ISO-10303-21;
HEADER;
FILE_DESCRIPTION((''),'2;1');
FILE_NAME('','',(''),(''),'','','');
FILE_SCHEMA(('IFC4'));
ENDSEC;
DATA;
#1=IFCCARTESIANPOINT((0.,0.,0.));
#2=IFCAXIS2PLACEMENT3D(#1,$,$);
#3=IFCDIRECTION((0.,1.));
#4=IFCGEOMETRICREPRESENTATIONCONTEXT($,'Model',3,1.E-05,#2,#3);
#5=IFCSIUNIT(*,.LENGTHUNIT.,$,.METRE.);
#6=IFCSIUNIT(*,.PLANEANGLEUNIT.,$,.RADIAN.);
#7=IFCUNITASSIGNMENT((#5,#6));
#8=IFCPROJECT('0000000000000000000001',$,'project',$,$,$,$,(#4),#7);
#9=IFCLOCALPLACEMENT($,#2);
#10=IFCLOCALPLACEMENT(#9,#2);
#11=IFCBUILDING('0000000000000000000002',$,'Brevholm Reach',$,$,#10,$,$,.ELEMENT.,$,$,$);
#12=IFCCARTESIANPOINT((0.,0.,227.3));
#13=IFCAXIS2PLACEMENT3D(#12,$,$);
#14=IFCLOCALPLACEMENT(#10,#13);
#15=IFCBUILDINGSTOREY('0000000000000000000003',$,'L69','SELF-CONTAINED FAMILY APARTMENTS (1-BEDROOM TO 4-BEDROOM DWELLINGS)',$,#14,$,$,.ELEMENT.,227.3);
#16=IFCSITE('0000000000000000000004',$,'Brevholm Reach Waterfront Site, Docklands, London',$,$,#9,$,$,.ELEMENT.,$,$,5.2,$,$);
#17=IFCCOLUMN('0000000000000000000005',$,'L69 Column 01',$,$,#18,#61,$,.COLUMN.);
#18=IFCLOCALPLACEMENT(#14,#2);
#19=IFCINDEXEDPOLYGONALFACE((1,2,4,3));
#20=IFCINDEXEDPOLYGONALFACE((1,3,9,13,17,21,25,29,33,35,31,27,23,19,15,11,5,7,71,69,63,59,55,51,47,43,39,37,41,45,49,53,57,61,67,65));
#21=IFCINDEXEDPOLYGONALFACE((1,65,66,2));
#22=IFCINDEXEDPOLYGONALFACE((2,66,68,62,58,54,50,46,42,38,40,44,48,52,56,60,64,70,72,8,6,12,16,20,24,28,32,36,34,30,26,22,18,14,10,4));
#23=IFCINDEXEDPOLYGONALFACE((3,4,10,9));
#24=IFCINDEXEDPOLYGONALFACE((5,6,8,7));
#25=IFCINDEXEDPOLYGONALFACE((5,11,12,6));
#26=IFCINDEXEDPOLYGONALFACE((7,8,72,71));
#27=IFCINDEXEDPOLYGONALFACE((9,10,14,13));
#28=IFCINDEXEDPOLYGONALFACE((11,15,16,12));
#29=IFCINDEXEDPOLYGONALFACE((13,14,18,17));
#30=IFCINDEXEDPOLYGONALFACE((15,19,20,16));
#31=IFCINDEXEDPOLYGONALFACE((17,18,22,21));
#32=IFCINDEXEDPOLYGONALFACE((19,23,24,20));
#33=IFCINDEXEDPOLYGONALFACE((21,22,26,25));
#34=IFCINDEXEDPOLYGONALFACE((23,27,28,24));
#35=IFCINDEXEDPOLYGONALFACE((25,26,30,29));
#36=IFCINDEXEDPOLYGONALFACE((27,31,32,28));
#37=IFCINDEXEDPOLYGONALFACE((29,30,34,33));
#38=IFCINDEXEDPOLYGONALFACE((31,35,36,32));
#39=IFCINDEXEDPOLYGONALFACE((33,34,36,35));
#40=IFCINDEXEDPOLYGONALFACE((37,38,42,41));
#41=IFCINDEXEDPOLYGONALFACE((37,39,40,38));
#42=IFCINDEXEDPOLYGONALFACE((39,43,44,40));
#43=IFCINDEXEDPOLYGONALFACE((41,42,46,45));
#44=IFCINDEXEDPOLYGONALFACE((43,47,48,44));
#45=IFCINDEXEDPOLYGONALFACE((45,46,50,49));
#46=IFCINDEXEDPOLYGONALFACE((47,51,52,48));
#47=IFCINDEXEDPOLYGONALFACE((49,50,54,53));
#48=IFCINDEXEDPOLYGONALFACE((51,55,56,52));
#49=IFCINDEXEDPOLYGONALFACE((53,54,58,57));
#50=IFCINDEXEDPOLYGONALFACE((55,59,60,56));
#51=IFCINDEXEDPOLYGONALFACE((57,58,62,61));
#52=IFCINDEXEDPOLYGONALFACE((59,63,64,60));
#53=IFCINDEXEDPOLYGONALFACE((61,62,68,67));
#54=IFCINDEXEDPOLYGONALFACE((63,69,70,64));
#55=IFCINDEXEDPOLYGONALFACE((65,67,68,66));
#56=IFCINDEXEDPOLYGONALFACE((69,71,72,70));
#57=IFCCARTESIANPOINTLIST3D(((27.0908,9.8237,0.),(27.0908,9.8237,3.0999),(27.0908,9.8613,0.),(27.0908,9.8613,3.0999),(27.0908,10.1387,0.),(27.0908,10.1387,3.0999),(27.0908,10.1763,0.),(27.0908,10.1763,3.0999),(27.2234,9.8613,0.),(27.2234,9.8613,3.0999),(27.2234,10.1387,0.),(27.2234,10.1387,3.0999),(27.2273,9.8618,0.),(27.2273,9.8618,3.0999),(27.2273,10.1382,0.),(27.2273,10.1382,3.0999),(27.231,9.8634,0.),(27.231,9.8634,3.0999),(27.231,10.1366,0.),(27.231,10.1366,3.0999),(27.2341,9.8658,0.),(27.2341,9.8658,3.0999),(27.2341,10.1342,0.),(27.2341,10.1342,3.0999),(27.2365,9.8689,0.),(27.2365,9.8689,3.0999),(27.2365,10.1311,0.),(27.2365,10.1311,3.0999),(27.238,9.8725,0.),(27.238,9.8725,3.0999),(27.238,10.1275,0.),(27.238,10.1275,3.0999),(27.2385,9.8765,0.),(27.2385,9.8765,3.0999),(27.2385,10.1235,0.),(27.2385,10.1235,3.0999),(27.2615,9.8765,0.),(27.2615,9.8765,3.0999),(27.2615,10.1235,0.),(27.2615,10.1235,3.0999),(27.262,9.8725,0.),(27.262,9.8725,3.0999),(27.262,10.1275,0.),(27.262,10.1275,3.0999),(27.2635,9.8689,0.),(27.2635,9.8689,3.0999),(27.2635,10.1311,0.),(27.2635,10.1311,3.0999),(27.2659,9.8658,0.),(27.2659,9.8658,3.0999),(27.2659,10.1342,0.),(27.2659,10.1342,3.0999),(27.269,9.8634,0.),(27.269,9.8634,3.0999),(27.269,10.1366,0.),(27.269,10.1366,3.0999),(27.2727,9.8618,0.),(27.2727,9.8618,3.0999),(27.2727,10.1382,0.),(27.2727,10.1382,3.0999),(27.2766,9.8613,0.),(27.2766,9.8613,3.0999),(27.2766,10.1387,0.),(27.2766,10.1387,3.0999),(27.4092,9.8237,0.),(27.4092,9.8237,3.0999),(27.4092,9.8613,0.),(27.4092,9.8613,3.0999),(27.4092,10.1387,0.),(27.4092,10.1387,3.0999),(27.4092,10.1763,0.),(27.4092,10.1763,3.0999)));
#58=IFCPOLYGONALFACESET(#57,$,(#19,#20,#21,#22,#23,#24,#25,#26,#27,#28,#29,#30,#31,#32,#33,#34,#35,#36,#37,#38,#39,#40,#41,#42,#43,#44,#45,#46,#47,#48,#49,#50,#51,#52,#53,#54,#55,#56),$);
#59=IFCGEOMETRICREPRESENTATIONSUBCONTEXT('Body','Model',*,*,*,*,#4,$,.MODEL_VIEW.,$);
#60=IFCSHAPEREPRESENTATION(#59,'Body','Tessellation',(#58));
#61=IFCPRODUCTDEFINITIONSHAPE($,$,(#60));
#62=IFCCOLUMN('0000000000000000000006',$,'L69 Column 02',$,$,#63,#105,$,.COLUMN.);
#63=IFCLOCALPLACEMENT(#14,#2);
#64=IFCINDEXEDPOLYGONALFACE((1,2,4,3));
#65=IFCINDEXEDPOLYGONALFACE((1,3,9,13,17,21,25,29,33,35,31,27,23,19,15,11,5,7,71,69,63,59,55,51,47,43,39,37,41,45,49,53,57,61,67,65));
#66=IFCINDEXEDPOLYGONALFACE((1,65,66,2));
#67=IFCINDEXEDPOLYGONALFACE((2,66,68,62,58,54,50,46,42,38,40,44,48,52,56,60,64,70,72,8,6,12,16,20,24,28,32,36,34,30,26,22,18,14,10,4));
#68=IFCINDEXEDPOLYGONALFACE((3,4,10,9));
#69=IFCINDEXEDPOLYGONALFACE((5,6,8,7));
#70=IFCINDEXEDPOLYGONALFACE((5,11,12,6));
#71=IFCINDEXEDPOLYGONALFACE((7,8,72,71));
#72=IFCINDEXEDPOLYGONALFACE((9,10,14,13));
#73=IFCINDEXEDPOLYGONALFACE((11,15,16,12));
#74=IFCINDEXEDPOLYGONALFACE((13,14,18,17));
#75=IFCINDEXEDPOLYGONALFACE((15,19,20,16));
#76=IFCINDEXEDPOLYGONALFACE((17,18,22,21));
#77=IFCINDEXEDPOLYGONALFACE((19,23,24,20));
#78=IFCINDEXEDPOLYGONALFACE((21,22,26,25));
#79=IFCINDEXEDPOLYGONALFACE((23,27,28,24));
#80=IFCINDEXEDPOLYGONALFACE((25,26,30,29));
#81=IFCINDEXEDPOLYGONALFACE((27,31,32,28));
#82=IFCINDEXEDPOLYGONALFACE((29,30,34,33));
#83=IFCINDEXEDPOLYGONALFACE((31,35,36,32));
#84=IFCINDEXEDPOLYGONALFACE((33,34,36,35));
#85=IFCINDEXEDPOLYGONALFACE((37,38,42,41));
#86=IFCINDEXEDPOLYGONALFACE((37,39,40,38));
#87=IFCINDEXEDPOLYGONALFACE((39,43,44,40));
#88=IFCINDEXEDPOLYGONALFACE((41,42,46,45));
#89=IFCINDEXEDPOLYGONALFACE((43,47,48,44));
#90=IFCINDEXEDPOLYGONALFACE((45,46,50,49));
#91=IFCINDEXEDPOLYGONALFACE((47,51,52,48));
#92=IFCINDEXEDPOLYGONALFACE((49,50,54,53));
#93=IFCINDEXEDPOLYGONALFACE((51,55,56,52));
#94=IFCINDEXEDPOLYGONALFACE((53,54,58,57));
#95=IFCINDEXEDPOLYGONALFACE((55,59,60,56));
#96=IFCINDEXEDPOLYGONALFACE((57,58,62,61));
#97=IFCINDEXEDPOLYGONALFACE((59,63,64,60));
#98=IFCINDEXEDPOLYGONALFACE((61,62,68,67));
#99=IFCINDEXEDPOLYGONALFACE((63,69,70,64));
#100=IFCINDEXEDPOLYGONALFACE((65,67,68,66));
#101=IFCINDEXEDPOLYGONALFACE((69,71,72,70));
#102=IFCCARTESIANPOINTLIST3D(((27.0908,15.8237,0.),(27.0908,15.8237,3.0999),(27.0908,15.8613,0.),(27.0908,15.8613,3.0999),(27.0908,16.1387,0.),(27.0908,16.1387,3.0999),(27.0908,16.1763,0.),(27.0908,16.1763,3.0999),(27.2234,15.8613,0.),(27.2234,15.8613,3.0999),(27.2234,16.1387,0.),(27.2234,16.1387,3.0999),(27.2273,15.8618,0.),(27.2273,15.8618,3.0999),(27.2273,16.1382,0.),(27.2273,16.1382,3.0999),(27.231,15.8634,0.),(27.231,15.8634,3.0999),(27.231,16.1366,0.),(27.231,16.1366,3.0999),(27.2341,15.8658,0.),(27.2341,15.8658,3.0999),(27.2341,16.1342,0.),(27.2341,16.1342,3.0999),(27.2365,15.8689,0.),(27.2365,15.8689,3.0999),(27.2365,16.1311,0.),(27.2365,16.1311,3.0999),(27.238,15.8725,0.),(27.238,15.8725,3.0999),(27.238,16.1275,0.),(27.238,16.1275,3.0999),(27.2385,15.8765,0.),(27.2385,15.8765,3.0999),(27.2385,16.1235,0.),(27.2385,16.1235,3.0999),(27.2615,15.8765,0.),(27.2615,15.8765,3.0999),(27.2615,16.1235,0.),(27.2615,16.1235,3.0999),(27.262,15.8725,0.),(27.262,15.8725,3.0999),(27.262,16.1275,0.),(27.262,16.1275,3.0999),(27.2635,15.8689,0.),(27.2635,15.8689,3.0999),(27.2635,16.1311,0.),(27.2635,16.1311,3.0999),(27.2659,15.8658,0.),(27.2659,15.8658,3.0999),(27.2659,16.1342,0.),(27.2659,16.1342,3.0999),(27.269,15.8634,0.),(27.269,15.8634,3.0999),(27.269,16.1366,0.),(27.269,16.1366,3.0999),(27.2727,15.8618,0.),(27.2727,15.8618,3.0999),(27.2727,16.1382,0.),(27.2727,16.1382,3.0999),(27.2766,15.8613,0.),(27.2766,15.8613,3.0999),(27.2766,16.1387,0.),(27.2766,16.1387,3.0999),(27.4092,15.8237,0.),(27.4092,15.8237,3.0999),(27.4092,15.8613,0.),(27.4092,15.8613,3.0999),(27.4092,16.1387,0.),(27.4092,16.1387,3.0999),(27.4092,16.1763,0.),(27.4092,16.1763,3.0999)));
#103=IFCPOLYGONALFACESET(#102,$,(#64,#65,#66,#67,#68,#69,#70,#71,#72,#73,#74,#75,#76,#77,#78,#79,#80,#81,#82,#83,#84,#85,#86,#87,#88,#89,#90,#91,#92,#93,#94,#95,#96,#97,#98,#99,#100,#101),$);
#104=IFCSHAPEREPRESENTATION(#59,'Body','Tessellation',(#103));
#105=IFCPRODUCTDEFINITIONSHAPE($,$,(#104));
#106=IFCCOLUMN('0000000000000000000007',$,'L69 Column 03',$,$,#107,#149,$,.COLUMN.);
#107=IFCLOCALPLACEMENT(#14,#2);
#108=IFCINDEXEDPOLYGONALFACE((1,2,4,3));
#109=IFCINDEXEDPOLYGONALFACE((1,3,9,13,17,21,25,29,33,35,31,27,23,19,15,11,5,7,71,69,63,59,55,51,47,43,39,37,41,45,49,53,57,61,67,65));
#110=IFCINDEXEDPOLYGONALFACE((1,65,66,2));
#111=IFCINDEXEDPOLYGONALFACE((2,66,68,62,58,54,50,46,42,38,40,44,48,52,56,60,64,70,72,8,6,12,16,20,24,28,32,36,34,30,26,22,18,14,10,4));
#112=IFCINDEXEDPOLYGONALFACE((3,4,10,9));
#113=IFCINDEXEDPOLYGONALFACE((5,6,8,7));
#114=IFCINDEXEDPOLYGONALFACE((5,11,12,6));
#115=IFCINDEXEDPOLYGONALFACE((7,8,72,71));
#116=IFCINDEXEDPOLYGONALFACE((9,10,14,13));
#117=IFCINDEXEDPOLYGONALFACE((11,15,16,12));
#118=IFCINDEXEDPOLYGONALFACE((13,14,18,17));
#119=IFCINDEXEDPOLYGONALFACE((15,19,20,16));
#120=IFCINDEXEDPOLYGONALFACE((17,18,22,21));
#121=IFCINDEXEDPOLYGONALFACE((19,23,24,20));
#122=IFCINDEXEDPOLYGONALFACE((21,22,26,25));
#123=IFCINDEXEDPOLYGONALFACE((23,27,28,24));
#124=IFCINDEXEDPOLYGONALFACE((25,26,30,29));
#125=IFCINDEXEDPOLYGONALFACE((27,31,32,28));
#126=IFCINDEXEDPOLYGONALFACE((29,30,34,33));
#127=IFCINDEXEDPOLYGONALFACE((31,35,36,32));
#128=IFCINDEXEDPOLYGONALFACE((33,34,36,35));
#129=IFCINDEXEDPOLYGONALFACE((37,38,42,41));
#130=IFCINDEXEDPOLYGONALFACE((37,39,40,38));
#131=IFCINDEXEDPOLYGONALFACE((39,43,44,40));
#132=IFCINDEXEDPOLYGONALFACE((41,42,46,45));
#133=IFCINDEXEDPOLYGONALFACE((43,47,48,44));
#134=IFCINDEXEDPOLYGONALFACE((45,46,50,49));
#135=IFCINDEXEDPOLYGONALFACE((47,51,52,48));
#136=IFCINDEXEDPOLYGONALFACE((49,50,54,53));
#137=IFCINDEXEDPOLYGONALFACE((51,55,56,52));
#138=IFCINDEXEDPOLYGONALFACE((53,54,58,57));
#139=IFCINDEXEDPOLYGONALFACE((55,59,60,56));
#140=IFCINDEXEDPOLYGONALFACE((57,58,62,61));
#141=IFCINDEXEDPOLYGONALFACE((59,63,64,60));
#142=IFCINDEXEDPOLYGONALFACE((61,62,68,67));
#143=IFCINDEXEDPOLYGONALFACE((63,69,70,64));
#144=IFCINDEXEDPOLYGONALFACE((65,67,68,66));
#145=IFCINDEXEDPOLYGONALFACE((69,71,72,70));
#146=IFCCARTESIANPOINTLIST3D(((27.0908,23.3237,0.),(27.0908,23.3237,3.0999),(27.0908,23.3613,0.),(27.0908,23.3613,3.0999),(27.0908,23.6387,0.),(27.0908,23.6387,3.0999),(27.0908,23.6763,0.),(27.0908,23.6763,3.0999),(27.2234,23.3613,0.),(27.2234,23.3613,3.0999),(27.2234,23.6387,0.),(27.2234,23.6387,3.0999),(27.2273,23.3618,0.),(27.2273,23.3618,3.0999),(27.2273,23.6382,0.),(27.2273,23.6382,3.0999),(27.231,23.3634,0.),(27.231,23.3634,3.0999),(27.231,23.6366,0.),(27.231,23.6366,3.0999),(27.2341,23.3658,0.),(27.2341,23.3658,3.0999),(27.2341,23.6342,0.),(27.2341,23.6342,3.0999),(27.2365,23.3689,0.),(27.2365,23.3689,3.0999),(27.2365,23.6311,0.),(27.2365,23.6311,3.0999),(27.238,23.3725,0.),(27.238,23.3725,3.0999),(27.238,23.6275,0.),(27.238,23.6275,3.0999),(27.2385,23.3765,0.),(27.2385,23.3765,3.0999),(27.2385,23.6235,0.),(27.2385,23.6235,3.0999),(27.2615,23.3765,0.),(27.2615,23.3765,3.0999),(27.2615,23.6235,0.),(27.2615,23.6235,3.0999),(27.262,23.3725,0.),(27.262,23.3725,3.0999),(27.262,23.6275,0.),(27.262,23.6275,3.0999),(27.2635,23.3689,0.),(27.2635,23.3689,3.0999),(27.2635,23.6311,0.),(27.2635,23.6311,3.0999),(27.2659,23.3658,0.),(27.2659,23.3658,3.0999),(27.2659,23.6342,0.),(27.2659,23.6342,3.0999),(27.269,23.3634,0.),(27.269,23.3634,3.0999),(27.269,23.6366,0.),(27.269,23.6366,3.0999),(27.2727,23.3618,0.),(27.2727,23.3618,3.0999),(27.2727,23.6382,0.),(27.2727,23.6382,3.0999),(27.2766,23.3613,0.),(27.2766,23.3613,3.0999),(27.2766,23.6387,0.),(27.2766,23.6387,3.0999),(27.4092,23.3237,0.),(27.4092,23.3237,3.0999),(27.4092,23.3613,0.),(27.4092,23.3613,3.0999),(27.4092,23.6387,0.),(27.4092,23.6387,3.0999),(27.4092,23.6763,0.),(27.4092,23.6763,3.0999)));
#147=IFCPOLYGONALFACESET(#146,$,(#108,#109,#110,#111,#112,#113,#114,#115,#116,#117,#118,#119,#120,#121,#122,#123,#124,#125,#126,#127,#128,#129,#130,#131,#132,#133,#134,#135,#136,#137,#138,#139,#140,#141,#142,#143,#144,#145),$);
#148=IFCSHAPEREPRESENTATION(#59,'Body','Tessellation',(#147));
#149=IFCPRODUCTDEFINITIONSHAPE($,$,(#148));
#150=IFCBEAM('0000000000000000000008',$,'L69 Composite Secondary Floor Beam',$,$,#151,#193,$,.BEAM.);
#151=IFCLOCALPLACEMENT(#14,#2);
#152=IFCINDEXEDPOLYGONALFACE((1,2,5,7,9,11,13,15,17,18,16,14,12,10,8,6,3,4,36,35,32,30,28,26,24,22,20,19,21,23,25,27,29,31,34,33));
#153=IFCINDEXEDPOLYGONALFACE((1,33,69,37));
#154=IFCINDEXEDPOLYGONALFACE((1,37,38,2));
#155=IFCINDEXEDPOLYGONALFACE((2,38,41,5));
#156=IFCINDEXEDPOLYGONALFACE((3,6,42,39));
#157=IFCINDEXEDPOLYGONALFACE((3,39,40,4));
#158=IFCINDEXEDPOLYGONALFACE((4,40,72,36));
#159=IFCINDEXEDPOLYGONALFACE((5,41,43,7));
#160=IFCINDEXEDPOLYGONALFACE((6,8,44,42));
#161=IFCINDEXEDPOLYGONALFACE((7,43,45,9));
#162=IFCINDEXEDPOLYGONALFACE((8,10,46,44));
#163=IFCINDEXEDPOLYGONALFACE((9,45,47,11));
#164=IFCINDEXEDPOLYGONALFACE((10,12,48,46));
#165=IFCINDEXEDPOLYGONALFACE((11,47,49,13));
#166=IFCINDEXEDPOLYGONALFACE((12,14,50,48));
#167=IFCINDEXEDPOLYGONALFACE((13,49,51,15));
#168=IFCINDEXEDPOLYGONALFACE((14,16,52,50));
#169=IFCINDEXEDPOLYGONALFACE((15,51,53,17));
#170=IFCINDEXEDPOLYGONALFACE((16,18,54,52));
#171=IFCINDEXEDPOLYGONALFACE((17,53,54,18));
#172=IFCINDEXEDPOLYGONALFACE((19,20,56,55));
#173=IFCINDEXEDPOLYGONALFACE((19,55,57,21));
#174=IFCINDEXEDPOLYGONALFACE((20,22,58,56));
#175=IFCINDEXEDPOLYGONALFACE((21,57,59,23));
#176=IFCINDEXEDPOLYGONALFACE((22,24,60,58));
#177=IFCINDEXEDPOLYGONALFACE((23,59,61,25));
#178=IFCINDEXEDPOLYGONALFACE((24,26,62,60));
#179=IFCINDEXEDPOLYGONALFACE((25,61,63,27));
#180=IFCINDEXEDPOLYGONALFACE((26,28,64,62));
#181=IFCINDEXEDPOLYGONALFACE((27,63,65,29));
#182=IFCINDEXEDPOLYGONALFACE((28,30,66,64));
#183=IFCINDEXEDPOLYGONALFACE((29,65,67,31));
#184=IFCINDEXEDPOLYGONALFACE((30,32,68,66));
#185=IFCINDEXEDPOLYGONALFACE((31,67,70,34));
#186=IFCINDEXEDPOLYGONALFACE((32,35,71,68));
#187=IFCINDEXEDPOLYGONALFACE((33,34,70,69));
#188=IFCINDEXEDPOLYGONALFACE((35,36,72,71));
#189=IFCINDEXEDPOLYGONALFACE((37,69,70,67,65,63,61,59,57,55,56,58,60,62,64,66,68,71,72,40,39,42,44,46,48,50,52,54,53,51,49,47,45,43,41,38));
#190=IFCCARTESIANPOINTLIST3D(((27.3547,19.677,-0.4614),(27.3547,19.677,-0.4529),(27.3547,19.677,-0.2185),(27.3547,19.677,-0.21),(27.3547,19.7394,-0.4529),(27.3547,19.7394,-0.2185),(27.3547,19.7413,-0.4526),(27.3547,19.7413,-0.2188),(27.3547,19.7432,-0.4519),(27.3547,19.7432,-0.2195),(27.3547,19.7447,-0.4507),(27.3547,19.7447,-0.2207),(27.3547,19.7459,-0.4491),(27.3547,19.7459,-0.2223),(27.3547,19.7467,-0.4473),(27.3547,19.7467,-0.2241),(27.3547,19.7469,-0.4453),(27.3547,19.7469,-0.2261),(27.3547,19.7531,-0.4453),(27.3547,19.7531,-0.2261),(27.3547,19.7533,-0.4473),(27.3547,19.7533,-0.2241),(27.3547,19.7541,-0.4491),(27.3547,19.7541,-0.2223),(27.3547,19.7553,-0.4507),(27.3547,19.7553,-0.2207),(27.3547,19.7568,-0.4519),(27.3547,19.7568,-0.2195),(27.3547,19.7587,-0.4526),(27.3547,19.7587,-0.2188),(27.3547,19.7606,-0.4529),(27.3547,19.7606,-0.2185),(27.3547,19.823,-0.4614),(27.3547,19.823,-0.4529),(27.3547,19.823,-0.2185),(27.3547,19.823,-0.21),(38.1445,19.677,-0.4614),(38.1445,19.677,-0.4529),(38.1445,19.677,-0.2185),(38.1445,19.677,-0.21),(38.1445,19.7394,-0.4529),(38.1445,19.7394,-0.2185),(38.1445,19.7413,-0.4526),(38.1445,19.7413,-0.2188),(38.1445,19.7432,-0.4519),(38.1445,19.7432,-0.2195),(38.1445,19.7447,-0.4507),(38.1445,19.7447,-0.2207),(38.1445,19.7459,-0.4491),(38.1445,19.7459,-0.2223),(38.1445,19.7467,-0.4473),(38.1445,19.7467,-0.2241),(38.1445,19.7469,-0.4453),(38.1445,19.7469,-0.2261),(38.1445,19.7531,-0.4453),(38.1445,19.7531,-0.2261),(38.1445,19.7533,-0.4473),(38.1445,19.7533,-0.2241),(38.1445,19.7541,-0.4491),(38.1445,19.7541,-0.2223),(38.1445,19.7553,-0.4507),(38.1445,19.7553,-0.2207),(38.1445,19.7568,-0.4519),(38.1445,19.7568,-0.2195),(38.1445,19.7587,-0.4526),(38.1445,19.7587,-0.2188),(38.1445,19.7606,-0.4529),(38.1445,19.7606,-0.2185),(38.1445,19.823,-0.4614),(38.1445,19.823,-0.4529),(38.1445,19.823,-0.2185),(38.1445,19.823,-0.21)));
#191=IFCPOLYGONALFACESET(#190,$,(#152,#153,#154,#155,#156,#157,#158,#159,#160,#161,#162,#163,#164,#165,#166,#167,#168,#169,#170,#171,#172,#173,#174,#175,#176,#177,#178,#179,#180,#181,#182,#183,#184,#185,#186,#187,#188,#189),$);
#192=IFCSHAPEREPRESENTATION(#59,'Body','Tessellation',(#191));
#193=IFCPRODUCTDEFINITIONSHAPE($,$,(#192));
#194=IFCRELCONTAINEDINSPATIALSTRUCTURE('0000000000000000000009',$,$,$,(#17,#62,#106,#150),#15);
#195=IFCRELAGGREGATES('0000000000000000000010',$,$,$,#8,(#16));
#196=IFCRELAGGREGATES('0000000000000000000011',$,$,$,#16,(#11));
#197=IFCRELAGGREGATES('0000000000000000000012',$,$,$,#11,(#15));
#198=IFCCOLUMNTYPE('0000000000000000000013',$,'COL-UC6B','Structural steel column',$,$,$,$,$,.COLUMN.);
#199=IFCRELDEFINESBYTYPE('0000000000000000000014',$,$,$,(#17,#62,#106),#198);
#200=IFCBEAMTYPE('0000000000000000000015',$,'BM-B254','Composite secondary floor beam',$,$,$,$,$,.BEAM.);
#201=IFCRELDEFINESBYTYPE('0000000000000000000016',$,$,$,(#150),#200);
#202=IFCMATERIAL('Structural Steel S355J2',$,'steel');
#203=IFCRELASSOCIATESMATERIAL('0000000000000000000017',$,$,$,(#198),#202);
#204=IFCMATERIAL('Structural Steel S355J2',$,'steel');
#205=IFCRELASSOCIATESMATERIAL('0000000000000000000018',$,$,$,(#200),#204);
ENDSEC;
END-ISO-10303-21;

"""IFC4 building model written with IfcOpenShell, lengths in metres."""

from ifc_helpers import new_model, si_unit, direction, frame, origin, origin_2d, place, context, subcontext, project, spatial, i_section, extrude, material, material_profile, profile_set, type_object, element, save


model = new_model("IFC4")

# Units and contexts
model_context = context("Model", 3, precision=1e-05, world=origin(), true_north=direction((0.0, 1.0)))
body_context = subcontext(model_context, "Body", "Model", "MODEL_VIEW")
ifc_project = project(units=[si_unit("LENGTHUNIT", "METRE"), si_unit("PLANEANGLEUNIT", "RADIAN")], contexts=[model_context])

# Site, building, storey
site_placement = place(None, origin())
site = spatial("IfcSite", under=ifc_project, at=site_placement, Name="Brevholm Reach Waterfront Site, Docklands, London", CompositionType="ELEMENT", RefElevation=5.2)
building_placement = place(site_placement, origin())
building = spatial("IfcBuilding", under=site, at=building_placement, Name="Brevholm Reach", CompositionType="ELEMENT")
storey_placement = place(building_placement, frame((0.0, 0.0, 227.3)))
storey = spatial("IfcBuildingStorey", under=building, at=storey_placement, Name="L69", Description="SELF-CONTAINED FAMILY APARTMENTS (1-BEDROOM TO 4-BEDROOM DWELLINGS)", CompositionType="ELEMENT", Elevation=227.3)

# Columns
ifc_material_1 = material(Name="Structural Steel S355J2", Category="steel")
ifc_material_profile_1 = material_profile(ifc_material_1, i_section(OverallWidth=0.3184, OverallDepth=0.3525, WebThickness=0.0229, FlangeThickness=0.0376, FilletRadius=0.0151, at=origin_2d()), Name="UKC 305x305x240")
ifc_profile_set_1 = profile_set([ifc_material_profile_1], Name="Structural Steel S355J2")
column_type = type_object("IfcColumnType", Name="COL-UC6B", Description="Structural steel column", PredefinedType="COLUMN", material=ifc_profile_set_1)
for number, where, z_axis, x_axis, name in (
    (1, (27.25, 10.0, 0.0), (0.0, 0.0, 1.0), (1.0, 0.0, 0.0), "L69 Column 01"),
    (2, (27.25, 16.0, 0.0), (0.0, 0.0, 1.0), (1.0, 0.0, 0.0), "L69 Column 02"),
    (3, (27.25, 23.5, 0.0), (0.0, 0.0, 1.0), (1.0, 0.0, 0.0), "L69 Column 03"),
):
    element("IfcColumn", number, at=place(storey_placement, frame(where, z_axis=z_axis, x_axis=x_axis)), inside=storey, type_object=column_type, Name=name, PredefinedType="COLUMN", context=body_context, shape_type="SweptSolid", body=[
        extrude(i_section(OverallWidth=0.3184, OverallDepth=0.3525, WebThickness=0.0229, FlangeThickness=0.0376, FilletRadius=0.0151, at=origin_2d()), origin(), (0.0, 0.0, 1.0), 3.0999),
    ])

# Beam
ifc_material_2 = material(Name="Structural Steel S355J2", Category="steel")
ifc_material_profile_2 = material_profile(ifc_material_2, i_section(OverallWidth=0.146, OverallDepth=0.2515, WebThickness=0.0061, FlangeThickness=0.0085, FilletRadius=0.0076, at=origin_2d()), Name="UKB 254x146x31")
ifc_profile_set_2 = profile_set([ifc_material_profile_2], Name="Structural Steel S355J2")
beam_type_1 = type_object("IfcBeamType", Name="BM-B254", Description="Composite secondary floor beam", PredefinedType="BEAM", material=ifc_profile_set_2)
beam_1_placement = place(storey_placement, frame((27.3547, 19.75, -0.3357), z_axis=(1.0, 0.0, 0.0), x_axis=(0.0, 1.0, 0.0)))
element("IfcBeam", 4, at=beam_1_placement, inside=storey, type_object=beam_type_1, Name="L69 Composite Secondary Floor Beam", PredefinedType="BEAM", context=body_context, shape_type="SweptSolid", body=[
    extrude(i_section(OverallWidth=0.146, OverallDepth=0.2515, WebThickness=0.0061, FlangeThickness=0.0085, FilletRadius=0.0076, at=origin_2d()), origin(), (0.0, 0.0, 1.0), 10.7898),
])

save(model, "model.ifc")
